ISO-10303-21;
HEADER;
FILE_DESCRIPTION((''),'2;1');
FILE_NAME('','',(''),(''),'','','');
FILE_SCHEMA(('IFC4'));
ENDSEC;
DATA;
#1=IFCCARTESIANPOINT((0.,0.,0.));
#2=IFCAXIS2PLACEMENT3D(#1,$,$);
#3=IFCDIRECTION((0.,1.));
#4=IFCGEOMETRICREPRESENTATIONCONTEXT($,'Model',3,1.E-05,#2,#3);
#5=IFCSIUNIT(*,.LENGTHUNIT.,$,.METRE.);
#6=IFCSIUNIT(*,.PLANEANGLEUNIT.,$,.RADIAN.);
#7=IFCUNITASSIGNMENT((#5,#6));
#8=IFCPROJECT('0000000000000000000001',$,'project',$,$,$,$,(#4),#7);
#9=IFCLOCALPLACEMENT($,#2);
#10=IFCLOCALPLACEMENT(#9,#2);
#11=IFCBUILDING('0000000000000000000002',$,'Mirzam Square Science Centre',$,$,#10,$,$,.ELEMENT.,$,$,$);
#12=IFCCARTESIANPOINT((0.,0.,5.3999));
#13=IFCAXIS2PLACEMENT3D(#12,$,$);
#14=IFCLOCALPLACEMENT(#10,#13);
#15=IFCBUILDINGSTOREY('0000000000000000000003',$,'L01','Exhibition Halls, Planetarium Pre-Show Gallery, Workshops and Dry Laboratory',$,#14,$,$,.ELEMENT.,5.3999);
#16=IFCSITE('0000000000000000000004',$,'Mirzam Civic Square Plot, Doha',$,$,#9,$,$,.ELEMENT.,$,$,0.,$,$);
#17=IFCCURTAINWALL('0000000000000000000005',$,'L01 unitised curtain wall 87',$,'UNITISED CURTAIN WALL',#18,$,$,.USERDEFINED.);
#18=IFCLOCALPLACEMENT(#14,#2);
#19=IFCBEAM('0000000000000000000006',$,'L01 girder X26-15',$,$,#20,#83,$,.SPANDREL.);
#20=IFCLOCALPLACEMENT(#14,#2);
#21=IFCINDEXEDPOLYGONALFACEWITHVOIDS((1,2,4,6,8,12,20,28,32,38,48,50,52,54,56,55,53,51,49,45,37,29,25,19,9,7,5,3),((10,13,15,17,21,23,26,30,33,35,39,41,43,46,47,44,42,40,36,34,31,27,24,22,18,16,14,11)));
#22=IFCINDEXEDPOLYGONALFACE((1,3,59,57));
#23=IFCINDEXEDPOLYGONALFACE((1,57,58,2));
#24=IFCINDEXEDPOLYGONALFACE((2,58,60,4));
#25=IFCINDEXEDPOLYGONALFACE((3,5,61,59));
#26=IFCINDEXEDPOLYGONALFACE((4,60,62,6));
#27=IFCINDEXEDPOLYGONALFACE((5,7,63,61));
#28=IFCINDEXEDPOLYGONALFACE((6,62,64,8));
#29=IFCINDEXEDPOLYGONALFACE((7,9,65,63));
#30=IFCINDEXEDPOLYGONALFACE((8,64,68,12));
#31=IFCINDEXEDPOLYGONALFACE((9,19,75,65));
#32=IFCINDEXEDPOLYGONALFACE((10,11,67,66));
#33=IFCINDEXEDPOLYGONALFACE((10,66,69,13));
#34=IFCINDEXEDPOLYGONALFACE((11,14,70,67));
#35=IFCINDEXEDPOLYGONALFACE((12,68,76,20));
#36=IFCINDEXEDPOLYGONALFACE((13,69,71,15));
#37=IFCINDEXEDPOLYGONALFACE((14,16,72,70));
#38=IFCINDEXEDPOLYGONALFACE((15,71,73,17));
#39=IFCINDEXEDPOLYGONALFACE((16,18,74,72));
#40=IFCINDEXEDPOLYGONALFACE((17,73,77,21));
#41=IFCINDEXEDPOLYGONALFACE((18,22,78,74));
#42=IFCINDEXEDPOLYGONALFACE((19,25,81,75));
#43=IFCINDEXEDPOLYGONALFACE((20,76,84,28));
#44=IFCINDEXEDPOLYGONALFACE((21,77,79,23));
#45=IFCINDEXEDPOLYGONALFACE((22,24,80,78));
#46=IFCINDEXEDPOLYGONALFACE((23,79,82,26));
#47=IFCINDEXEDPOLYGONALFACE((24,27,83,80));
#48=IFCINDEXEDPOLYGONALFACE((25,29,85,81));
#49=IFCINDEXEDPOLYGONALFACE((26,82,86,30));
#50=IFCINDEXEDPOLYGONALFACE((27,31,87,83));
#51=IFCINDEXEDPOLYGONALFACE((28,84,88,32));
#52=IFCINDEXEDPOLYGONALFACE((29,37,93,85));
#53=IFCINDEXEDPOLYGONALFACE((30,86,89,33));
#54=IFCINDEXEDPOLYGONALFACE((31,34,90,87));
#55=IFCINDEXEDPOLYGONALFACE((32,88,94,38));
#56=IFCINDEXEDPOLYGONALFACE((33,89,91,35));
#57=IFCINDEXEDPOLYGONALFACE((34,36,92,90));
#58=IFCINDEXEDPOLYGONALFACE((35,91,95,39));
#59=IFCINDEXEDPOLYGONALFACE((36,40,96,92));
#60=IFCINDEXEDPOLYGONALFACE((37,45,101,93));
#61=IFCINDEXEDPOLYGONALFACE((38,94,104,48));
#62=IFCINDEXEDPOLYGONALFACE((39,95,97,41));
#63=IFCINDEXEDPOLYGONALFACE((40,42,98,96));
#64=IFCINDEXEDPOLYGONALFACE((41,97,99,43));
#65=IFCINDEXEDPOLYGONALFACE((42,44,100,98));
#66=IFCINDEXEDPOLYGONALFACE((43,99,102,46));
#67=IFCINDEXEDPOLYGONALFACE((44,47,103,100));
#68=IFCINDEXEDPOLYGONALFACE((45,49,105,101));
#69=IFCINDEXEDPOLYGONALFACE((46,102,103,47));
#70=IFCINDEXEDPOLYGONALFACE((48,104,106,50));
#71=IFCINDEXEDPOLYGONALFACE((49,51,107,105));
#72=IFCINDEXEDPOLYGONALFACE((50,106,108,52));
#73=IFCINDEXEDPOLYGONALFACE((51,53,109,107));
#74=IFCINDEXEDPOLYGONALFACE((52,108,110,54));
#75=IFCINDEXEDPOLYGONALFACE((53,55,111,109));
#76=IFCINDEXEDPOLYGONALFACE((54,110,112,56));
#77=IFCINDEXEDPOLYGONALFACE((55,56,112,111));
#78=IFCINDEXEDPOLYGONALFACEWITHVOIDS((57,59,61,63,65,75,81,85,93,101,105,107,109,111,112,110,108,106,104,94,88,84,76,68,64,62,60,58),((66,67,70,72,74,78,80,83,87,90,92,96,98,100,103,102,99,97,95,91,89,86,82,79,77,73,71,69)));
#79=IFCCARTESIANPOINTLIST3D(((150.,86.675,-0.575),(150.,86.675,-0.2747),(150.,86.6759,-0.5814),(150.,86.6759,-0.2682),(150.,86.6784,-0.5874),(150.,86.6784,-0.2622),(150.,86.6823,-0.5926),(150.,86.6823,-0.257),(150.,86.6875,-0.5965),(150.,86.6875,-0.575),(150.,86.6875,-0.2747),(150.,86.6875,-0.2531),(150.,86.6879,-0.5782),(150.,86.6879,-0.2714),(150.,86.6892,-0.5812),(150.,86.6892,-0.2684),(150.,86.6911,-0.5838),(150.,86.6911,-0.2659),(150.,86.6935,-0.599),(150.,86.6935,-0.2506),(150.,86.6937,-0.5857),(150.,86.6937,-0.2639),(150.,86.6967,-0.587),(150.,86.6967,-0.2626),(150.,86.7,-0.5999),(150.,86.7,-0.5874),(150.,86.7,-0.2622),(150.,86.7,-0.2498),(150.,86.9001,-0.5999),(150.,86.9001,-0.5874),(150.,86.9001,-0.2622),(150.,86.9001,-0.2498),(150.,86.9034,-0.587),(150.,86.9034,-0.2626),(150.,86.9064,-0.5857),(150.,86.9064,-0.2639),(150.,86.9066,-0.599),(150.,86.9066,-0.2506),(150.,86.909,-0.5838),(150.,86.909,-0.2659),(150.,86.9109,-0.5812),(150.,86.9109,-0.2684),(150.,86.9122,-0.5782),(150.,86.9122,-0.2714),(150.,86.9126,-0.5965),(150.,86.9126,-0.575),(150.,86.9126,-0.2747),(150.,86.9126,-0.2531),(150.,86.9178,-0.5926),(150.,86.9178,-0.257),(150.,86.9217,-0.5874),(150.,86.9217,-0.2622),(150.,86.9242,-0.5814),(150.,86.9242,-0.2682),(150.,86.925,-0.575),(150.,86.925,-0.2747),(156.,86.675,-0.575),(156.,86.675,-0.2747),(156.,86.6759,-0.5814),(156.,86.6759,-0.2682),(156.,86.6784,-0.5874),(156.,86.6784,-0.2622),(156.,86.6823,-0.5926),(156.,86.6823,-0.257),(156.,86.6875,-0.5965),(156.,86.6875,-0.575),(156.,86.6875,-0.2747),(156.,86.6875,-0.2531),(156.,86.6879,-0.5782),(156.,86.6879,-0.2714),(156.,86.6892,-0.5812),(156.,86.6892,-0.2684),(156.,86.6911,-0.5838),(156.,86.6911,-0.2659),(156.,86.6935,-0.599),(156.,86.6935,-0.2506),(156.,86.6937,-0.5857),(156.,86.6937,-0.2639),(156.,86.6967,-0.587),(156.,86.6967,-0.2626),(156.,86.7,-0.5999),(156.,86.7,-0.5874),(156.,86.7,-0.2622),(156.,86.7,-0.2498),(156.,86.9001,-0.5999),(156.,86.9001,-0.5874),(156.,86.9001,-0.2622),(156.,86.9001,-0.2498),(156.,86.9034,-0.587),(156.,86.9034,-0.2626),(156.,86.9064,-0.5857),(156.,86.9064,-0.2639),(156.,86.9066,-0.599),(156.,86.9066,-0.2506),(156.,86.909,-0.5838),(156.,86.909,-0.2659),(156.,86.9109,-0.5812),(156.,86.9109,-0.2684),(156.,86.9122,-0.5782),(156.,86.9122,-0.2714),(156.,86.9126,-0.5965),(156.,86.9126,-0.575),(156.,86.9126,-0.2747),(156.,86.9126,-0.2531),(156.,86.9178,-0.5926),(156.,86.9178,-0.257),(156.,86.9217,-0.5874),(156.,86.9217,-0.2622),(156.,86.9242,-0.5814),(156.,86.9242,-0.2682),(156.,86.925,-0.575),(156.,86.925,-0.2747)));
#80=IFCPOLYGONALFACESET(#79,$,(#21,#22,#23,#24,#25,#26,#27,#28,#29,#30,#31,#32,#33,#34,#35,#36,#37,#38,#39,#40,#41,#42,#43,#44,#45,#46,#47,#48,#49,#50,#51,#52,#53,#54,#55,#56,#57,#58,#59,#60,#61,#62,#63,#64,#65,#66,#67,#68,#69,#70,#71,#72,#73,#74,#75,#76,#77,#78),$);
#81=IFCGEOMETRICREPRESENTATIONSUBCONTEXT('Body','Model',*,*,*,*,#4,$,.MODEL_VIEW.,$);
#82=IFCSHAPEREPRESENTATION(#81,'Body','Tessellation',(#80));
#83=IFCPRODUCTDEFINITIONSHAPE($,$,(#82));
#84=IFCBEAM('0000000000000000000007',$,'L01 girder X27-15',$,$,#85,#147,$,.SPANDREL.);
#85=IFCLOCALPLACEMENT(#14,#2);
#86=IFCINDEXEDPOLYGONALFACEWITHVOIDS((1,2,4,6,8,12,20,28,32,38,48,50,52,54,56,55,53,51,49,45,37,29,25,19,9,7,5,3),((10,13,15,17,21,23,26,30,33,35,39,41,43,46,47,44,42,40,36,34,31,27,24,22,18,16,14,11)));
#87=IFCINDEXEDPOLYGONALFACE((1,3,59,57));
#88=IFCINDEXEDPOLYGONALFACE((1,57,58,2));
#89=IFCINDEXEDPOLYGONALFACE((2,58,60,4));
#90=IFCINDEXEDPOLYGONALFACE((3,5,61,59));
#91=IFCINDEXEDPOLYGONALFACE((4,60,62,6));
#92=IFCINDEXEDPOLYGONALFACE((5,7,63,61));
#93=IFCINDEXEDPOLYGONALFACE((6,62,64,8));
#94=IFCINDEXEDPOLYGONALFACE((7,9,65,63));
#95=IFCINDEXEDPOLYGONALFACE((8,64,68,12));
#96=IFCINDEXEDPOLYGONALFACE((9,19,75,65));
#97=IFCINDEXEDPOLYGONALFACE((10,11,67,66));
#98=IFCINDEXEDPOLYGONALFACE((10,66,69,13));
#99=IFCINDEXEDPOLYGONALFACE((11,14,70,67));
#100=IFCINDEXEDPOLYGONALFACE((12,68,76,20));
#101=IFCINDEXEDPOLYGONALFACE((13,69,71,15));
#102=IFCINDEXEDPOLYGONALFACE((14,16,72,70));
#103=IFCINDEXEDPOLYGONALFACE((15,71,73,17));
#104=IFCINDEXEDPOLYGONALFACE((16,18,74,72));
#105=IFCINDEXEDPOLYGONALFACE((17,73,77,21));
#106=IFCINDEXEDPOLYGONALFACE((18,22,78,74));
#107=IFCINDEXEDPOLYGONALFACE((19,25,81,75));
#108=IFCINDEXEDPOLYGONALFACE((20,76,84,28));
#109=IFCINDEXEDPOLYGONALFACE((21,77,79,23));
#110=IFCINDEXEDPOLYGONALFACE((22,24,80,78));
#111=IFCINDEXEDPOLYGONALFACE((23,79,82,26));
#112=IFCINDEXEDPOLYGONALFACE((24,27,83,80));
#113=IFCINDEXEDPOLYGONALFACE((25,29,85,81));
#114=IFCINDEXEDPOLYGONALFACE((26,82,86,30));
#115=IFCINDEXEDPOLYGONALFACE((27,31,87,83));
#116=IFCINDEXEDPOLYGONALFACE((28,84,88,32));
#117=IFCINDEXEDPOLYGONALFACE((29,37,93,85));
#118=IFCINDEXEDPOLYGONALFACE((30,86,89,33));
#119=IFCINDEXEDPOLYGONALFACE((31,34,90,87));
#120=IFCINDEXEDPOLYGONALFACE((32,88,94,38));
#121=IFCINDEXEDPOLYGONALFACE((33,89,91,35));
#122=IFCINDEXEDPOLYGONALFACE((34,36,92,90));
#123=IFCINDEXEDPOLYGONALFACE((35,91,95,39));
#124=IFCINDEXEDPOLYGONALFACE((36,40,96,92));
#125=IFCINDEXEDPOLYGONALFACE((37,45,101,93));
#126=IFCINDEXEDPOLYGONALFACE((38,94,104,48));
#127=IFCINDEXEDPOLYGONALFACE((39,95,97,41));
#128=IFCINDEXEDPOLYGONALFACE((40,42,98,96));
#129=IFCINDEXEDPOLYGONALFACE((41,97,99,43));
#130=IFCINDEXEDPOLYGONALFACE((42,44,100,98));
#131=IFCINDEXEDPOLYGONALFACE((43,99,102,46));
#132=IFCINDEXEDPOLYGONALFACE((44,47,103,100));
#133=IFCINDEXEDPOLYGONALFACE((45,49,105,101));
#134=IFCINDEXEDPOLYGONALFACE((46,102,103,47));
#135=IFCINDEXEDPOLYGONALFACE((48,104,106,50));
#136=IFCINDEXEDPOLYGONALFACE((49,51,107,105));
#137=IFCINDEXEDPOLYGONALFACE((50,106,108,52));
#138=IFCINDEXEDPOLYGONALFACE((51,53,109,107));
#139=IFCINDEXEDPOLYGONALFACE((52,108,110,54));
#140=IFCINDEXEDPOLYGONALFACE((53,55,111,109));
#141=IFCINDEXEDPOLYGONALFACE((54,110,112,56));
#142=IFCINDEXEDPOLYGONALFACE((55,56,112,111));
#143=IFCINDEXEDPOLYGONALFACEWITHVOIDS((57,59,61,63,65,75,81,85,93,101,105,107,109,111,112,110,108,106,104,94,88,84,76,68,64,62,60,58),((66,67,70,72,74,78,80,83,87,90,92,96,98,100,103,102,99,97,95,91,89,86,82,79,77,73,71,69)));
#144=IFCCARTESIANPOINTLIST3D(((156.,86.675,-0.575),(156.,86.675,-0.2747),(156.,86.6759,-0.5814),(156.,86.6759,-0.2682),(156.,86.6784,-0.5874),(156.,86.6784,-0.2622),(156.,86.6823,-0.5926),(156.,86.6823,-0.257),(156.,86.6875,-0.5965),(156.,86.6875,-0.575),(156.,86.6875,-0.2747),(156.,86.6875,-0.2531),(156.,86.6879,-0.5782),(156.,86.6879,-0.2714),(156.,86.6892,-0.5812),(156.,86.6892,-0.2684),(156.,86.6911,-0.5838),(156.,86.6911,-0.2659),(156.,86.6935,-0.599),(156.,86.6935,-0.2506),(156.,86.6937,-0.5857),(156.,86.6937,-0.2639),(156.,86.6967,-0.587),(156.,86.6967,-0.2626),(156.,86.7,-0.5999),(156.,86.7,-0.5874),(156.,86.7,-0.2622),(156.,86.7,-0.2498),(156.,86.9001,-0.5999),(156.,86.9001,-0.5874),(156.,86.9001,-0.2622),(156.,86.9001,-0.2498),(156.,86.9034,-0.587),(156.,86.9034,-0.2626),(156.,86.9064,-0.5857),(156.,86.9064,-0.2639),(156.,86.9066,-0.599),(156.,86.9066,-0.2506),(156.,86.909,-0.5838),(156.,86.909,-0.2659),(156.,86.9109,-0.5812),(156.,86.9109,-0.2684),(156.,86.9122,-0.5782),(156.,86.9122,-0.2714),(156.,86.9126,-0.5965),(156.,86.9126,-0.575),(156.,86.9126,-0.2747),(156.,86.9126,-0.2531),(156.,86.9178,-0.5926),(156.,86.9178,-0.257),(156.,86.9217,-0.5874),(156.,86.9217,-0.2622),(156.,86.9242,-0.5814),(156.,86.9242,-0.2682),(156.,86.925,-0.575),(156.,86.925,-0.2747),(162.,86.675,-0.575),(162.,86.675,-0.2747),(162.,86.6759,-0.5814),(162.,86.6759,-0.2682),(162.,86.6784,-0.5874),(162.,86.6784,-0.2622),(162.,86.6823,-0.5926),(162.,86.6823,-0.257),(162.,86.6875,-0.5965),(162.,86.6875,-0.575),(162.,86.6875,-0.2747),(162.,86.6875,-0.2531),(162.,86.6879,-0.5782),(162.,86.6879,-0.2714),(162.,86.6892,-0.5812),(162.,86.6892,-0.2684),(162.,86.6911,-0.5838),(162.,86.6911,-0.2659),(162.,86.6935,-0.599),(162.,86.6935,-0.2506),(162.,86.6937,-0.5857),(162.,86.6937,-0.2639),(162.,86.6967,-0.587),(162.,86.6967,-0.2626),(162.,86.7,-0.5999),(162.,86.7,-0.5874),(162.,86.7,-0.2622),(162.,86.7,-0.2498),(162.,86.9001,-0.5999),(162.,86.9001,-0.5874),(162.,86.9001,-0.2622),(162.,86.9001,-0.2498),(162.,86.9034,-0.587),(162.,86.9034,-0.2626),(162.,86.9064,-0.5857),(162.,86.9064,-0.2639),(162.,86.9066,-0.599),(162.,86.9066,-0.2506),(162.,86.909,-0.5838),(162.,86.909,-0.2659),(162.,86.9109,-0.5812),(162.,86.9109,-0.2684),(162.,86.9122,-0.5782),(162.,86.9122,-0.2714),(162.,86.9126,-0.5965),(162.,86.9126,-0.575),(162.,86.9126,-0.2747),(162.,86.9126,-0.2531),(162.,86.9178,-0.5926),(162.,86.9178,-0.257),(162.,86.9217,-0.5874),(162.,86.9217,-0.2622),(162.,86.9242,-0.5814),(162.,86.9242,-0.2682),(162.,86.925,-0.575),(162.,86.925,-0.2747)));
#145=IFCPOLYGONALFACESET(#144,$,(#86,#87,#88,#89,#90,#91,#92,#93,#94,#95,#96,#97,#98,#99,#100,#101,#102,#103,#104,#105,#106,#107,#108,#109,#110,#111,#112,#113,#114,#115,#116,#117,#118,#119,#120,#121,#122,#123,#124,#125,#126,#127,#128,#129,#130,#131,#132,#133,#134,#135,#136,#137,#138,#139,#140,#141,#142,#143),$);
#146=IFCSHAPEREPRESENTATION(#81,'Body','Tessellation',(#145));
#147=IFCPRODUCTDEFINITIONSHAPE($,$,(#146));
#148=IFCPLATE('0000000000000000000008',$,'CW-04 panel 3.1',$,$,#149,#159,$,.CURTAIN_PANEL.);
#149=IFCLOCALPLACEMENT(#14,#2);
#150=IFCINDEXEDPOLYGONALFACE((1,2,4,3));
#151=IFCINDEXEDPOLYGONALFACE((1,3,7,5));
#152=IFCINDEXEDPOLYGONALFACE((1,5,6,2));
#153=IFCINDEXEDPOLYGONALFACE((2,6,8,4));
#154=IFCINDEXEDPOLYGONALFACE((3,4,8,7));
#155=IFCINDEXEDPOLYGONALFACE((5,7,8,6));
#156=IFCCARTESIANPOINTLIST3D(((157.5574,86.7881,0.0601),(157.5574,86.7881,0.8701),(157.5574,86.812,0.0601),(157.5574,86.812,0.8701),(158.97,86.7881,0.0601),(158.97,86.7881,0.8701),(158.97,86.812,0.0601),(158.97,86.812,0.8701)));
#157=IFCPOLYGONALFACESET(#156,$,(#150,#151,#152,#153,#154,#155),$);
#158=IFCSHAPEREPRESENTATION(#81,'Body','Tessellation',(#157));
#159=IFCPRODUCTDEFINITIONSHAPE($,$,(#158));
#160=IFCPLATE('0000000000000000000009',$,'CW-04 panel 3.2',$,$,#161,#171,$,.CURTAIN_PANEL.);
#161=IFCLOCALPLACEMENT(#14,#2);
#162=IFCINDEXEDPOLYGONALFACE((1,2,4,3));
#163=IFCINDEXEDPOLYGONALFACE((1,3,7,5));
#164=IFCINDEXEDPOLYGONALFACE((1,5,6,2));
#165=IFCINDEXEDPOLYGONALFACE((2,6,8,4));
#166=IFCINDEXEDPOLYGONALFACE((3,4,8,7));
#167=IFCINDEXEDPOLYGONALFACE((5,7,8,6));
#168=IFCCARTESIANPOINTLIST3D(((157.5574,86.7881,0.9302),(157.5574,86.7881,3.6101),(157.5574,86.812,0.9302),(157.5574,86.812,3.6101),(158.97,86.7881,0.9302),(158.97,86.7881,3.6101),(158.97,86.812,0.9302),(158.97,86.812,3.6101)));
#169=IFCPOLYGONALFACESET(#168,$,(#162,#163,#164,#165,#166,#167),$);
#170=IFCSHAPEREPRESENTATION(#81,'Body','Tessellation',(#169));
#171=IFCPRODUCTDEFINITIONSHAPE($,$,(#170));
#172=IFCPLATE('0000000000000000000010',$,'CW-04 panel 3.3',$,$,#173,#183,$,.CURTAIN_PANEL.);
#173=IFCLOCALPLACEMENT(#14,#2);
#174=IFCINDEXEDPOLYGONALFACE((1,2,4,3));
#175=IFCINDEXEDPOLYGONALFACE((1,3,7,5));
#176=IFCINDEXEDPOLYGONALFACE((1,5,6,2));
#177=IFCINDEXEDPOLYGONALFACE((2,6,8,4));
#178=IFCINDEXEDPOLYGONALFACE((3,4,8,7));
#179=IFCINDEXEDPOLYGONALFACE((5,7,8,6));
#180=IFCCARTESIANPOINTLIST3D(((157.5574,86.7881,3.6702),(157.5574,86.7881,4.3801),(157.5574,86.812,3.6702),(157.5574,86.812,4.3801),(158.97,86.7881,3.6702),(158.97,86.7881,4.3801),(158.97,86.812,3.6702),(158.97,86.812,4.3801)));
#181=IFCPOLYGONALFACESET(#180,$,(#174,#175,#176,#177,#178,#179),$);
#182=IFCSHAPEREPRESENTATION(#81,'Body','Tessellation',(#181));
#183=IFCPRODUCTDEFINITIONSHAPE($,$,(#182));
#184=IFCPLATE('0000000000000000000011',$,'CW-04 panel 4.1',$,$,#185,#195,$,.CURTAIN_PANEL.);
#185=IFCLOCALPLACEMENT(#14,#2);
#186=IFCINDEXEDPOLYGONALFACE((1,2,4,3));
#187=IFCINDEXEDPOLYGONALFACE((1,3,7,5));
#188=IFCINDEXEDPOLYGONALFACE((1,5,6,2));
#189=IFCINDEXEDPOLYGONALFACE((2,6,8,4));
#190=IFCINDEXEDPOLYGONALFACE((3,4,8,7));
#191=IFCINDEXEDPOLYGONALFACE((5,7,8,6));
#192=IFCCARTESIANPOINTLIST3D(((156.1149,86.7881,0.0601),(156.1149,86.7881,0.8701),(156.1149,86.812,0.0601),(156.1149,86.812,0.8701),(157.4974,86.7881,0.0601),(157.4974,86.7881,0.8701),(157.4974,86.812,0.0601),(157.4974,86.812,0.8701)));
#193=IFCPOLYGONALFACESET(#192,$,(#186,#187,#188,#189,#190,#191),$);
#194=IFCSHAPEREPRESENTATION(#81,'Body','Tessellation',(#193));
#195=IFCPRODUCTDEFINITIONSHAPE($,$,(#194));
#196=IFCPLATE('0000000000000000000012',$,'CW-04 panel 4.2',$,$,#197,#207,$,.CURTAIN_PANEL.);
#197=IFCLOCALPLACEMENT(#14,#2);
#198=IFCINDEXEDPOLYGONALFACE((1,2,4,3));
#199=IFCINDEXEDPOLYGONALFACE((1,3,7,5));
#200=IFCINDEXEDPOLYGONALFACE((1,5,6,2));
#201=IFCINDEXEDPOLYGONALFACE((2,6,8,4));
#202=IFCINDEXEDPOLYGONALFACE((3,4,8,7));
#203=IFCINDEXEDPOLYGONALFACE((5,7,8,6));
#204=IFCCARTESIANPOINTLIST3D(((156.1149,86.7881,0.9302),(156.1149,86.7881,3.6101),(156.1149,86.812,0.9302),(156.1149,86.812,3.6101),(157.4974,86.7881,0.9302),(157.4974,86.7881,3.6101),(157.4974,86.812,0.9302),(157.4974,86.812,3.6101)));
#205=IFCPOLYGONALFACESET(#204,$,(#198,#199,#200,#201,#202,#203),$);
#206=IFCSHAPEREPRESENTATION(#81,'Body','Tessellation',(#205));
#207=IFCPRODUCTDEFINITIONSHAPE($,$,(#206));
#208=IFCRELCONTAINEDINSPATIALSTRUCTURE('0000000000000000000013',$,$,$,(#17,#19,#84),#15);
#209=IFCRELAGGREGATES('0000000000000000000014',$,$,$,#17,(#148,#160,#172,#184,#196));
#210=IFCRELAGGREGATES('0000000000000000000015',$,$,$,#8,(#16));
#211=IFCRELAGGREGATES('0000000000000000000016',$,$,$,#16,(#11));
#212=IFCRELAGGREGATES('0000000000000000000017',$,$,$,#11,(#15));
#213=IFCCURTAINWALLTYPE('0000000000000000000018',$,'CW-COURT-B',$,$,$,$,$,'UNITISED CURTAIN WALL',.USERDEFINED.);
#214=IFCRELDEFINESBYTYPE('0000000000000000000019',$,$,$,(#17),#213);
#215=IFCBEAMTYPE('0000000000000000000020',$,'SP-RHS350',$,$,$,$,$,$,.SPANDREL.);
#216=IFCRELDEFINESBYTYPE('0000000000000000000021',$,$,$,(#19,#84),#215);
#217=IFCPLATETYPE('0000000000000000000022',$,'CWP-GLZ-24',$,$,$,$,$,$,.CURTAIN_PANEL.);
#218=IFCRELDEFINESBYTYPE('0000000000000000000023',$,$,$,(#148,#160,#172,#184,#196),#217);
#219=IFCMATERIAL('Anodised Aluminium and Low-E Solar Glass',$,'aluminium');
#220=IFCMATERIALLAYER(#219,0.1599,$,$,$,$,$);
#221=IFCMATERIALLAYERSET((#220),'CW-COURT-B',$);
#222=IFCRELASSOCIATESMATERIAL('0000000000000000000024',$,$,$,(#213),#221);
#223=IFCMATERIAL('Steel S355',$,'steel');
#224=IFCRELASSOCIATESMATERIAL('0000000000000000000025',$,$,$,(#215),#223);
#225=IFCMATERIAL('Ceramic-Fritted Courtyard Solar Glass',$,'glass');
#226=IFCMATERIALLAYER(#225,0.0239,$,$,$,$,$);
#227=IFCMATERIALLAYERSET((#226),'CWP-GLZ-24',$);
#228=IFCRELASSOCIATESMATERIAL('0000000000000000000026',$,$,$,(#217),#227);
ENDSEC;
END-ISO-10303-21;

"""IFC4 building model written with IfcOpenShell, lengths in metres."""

from ifc_helpers import new_model, si_unit, direction, frame, origin, origin_2d, place, context, subcontext, project, spatial, rectangle, hollow_rectangle, extrude, material, layer, layer_set, material_profile, profile_set, type_object, element, aggregate, save


model = new_model("IFC4")

# Units and contexts
model_context = context("Model", 3, precision=1e-05, world=origin(), true_north=direction((0.0, 1.0)))
body_context = subcontext(model_context, "Body", "Model", "MODEL_VIEW")
ifc_project = project(units=[si_unit("LENGTHUNIT", "METRE"), si_unit("PLANEANGLEUNIT", "RADIAN")], contexts=[model_context])

# Site, building, storey
site_placement = place(None, origin())
site = spatial("IfcSite", under=ifc_project, at=site_placement, Name="Mirzam Civic Square Plot, Doha", CompositionType="ELEMENT", RefElevation=0.0)
building_placement = place(site_placement, origin())
building = spatial("IfcBuilding", under=site, at=building_placement, Name="Mirzam Square Science Centre", CompositionType="ELEMENT")
storey_placement = place(building_placement, frame((0.0, 0.0, 5.3999)))
storey = spatial("IfcBuildingStorey", under=building, at=storey_placement, Name="L01", Description="Exhibition Halls, Planetarium Pre-Show Gallery, Workshops and Dry Laboratory", CompositionType="ELEMENT", Elevation=5.3999)

# Shared definitions
ifc_material_1 = material(Name="Steel S355", Category="steel")

# Curtain wall
ifc_material_2 = material(Name="Anodised Aluminium and Low-E Solar Glass", Category="aluminium")
ifc_layer_1 = layer(ifc_material_2, 0.1599)
ifc_layer_set_1 = layer_set([ifc_layer_1], Name="CW-COURT-B")
curtain_wall_type = type_object("IfcCurtainWallType", Name="CW-COURT-B", ElementType="UNITISED CURTAIN WALL", PredefinedType="USERDEFINED", material=ifc_layer_set_1)
curtain_wall_placement = place(storey_placement, origin())
curtain_wall = element("IfcCurtainWall", 1, at=curtain_wall_placement, inside=storey, type_object=curtain_wall_type, Name="L01 unitised curtain wall 87", ObjectType="UNITISED CURTAIN WALL", PredefinedType="USERDEFINED")

# Beams
ifc_material_profile_1 = material_profile(ifc_material_1, hollow_rectangle(XDim=0.25, YDim=0.3501, WallThickness=0.0125, InnerFilletRadius=0.0125, OuterFilletRadius=0.0249, at=origin_2d()), Name="350x250x12.5RHS")
ifc_profile_set_1 = profile_set([ifc_material_profile_1], Name="Steel S355")
beam_type_1 = type_object("IfcBeamType", Name="SP-RHS350", PredefinedType="SPANDREL", material=ifc_profile_set_1)
for number, where, z_axis, x_axis, name in (
    (2, (150.0, 86.8, -0.4248), (1.0, 0.0, 0.0), (0.0, 1.0, 0.0), "L01 girder X26-15"),
    (3, (156.0, 86.8, -0.4248), (1.0, 0.0, 0.0), (0.0, 1.0, 0.0), "L01 girder X27-15"),
):
    element("IfcBeam", number, at=place(storey_placement, frame(where, z_axis=z_axis, x_axis=x_axis)), inside=storey, type_object=beam_type_1, Name=name, PredefinedType="SPANDREL", context=body_context, shape_type="SweptSolid", body=[
        extrude(hollow_rectangle(XDim=0.25, YDim=0.3501, WallThickness=0.0125, InnerFilletRadius=0.0125, OuterFilletRadius=0.0249, at=origin_2d()), origin(), (0.0, 0.0, 1.0), 6.0),
    ])

# Plates
ifc_material_3 = material(Name="Ceramic-Fritted Courtyard Solar Glass", Category="glass")
ifc_layer_2 = layer(ifc_material_3, 0.0239)
ifc_layer_set_2 = layer_set([ifc_layer_2], Name="CWP-GLZ-24")
plate_type = type_object("IfcPlateType", Name="CWP-GLZ-24", PredefinedType="CURTAIN_PANEL", material=ifc_layer_set_2)
plate_1_placement = place(storey_placement, frame((158.2637, 86.8, 0.0601), z_axis=(0.0, 0.0, 1.0), x_axis=(-1.0, 0.0, 0.0)))
plate_1 = element("IfcPlate", 4, at=plate_1_placement, type_object=plate_type, Name="CW-04 panel 3.1", PredefinedType="CURTAIN_PANEL", context=body_context, shape_type="SweptSolid", body=[
    extrude(rectangle(XDim=1.4126, YDim=0.0239, at=origin_2d()), origin(), (0.0, 0.0, 1.0), 0.8101),
])
plate_2_placement = place(storey_placement, frame((158.2637, 86.8, 0.9302), z_axis=(0.0, 0.0, 1.0), x_axis=(-1.0, 0.0, 0.0)))
plate_2 = element("IfcPlate", 5, at=plate_2_placement, type_object=plate_type, Name="CW-04 panel 3.2", PredefinedType="CURTAIN_PANEL", context=body_context, shape_type="SweptSolid", body=[
    extrude(rectangle(XDim=1.4126, YDim=0.0239, at=origin_2d()), origin(), (0.0, 0.0, 1.0), 2.6799),
])
plate_3_placement = place(storey_placement, frame((158.2637, 86.8, 3.6702), z_axis=(0.0, 0.0, 1.0), x_axis=(-1.0, 0.0, 0.0)))
plate_3 = element("IfcPlate", 6, at=plate_3_placement, type_object=plate_type, Name="CW-04 panel 3.3", PredefinedType="CURTAIN_PANEL", context=body_context, shape_type="SweptSolid", body=[
    extrude(rectangle(XDim=1.4126, YDim=0.0239, at=origin_2d()), origin(), (0.0, 0.0, 1.0), 0.71),
])
plate_4_placement = place(storey_placement, frame((156.8062, 86.8, 0.0601), z_axis=(0.0, 0.0, 1.0), x_axis=(-1.0, 0.0, 0.0)))
plate_4 = element("IfcPlate", 7, at=plate_4_placement, type_object=plate_type, Name="CW-04 panel 4.1", PredefinedType="CURTAIN_PANEL", context=body_context, shape_type="SweptSolid", body=[
    extrude(rectangle(XDim=1.3826, YDim=0.0239, at=origin_2d()), origin(), (0.0, 0.0, 1.0), 0.8101),
])
plate_5_placement = place(storey_placement, frame((156.8062, 86.8, 0.9302), z_axis=(0.0, 0.0, 1.0), x_axis=(-1.0, 0.0, 0.0)))
plate_5 = element("IfcPlate", 8, at=plate_5_placement, type_object=plate_type, Name="CW-04 panel 4.2", PredefinedType="CURTAIN_PANEL", context=body_context, shape_type="SweptSolid", body=[
    extrude(rectangle(XDim=1.3826, YDim=0.0239, at=origin_2d()), origin(), (0.0, 0.0, 1.0), 2.6799),
])
aggregate(curtain_wall, [plate_1, plate_2, plate_3, plate_4, plate_5])

save(model, "model.ifc")
